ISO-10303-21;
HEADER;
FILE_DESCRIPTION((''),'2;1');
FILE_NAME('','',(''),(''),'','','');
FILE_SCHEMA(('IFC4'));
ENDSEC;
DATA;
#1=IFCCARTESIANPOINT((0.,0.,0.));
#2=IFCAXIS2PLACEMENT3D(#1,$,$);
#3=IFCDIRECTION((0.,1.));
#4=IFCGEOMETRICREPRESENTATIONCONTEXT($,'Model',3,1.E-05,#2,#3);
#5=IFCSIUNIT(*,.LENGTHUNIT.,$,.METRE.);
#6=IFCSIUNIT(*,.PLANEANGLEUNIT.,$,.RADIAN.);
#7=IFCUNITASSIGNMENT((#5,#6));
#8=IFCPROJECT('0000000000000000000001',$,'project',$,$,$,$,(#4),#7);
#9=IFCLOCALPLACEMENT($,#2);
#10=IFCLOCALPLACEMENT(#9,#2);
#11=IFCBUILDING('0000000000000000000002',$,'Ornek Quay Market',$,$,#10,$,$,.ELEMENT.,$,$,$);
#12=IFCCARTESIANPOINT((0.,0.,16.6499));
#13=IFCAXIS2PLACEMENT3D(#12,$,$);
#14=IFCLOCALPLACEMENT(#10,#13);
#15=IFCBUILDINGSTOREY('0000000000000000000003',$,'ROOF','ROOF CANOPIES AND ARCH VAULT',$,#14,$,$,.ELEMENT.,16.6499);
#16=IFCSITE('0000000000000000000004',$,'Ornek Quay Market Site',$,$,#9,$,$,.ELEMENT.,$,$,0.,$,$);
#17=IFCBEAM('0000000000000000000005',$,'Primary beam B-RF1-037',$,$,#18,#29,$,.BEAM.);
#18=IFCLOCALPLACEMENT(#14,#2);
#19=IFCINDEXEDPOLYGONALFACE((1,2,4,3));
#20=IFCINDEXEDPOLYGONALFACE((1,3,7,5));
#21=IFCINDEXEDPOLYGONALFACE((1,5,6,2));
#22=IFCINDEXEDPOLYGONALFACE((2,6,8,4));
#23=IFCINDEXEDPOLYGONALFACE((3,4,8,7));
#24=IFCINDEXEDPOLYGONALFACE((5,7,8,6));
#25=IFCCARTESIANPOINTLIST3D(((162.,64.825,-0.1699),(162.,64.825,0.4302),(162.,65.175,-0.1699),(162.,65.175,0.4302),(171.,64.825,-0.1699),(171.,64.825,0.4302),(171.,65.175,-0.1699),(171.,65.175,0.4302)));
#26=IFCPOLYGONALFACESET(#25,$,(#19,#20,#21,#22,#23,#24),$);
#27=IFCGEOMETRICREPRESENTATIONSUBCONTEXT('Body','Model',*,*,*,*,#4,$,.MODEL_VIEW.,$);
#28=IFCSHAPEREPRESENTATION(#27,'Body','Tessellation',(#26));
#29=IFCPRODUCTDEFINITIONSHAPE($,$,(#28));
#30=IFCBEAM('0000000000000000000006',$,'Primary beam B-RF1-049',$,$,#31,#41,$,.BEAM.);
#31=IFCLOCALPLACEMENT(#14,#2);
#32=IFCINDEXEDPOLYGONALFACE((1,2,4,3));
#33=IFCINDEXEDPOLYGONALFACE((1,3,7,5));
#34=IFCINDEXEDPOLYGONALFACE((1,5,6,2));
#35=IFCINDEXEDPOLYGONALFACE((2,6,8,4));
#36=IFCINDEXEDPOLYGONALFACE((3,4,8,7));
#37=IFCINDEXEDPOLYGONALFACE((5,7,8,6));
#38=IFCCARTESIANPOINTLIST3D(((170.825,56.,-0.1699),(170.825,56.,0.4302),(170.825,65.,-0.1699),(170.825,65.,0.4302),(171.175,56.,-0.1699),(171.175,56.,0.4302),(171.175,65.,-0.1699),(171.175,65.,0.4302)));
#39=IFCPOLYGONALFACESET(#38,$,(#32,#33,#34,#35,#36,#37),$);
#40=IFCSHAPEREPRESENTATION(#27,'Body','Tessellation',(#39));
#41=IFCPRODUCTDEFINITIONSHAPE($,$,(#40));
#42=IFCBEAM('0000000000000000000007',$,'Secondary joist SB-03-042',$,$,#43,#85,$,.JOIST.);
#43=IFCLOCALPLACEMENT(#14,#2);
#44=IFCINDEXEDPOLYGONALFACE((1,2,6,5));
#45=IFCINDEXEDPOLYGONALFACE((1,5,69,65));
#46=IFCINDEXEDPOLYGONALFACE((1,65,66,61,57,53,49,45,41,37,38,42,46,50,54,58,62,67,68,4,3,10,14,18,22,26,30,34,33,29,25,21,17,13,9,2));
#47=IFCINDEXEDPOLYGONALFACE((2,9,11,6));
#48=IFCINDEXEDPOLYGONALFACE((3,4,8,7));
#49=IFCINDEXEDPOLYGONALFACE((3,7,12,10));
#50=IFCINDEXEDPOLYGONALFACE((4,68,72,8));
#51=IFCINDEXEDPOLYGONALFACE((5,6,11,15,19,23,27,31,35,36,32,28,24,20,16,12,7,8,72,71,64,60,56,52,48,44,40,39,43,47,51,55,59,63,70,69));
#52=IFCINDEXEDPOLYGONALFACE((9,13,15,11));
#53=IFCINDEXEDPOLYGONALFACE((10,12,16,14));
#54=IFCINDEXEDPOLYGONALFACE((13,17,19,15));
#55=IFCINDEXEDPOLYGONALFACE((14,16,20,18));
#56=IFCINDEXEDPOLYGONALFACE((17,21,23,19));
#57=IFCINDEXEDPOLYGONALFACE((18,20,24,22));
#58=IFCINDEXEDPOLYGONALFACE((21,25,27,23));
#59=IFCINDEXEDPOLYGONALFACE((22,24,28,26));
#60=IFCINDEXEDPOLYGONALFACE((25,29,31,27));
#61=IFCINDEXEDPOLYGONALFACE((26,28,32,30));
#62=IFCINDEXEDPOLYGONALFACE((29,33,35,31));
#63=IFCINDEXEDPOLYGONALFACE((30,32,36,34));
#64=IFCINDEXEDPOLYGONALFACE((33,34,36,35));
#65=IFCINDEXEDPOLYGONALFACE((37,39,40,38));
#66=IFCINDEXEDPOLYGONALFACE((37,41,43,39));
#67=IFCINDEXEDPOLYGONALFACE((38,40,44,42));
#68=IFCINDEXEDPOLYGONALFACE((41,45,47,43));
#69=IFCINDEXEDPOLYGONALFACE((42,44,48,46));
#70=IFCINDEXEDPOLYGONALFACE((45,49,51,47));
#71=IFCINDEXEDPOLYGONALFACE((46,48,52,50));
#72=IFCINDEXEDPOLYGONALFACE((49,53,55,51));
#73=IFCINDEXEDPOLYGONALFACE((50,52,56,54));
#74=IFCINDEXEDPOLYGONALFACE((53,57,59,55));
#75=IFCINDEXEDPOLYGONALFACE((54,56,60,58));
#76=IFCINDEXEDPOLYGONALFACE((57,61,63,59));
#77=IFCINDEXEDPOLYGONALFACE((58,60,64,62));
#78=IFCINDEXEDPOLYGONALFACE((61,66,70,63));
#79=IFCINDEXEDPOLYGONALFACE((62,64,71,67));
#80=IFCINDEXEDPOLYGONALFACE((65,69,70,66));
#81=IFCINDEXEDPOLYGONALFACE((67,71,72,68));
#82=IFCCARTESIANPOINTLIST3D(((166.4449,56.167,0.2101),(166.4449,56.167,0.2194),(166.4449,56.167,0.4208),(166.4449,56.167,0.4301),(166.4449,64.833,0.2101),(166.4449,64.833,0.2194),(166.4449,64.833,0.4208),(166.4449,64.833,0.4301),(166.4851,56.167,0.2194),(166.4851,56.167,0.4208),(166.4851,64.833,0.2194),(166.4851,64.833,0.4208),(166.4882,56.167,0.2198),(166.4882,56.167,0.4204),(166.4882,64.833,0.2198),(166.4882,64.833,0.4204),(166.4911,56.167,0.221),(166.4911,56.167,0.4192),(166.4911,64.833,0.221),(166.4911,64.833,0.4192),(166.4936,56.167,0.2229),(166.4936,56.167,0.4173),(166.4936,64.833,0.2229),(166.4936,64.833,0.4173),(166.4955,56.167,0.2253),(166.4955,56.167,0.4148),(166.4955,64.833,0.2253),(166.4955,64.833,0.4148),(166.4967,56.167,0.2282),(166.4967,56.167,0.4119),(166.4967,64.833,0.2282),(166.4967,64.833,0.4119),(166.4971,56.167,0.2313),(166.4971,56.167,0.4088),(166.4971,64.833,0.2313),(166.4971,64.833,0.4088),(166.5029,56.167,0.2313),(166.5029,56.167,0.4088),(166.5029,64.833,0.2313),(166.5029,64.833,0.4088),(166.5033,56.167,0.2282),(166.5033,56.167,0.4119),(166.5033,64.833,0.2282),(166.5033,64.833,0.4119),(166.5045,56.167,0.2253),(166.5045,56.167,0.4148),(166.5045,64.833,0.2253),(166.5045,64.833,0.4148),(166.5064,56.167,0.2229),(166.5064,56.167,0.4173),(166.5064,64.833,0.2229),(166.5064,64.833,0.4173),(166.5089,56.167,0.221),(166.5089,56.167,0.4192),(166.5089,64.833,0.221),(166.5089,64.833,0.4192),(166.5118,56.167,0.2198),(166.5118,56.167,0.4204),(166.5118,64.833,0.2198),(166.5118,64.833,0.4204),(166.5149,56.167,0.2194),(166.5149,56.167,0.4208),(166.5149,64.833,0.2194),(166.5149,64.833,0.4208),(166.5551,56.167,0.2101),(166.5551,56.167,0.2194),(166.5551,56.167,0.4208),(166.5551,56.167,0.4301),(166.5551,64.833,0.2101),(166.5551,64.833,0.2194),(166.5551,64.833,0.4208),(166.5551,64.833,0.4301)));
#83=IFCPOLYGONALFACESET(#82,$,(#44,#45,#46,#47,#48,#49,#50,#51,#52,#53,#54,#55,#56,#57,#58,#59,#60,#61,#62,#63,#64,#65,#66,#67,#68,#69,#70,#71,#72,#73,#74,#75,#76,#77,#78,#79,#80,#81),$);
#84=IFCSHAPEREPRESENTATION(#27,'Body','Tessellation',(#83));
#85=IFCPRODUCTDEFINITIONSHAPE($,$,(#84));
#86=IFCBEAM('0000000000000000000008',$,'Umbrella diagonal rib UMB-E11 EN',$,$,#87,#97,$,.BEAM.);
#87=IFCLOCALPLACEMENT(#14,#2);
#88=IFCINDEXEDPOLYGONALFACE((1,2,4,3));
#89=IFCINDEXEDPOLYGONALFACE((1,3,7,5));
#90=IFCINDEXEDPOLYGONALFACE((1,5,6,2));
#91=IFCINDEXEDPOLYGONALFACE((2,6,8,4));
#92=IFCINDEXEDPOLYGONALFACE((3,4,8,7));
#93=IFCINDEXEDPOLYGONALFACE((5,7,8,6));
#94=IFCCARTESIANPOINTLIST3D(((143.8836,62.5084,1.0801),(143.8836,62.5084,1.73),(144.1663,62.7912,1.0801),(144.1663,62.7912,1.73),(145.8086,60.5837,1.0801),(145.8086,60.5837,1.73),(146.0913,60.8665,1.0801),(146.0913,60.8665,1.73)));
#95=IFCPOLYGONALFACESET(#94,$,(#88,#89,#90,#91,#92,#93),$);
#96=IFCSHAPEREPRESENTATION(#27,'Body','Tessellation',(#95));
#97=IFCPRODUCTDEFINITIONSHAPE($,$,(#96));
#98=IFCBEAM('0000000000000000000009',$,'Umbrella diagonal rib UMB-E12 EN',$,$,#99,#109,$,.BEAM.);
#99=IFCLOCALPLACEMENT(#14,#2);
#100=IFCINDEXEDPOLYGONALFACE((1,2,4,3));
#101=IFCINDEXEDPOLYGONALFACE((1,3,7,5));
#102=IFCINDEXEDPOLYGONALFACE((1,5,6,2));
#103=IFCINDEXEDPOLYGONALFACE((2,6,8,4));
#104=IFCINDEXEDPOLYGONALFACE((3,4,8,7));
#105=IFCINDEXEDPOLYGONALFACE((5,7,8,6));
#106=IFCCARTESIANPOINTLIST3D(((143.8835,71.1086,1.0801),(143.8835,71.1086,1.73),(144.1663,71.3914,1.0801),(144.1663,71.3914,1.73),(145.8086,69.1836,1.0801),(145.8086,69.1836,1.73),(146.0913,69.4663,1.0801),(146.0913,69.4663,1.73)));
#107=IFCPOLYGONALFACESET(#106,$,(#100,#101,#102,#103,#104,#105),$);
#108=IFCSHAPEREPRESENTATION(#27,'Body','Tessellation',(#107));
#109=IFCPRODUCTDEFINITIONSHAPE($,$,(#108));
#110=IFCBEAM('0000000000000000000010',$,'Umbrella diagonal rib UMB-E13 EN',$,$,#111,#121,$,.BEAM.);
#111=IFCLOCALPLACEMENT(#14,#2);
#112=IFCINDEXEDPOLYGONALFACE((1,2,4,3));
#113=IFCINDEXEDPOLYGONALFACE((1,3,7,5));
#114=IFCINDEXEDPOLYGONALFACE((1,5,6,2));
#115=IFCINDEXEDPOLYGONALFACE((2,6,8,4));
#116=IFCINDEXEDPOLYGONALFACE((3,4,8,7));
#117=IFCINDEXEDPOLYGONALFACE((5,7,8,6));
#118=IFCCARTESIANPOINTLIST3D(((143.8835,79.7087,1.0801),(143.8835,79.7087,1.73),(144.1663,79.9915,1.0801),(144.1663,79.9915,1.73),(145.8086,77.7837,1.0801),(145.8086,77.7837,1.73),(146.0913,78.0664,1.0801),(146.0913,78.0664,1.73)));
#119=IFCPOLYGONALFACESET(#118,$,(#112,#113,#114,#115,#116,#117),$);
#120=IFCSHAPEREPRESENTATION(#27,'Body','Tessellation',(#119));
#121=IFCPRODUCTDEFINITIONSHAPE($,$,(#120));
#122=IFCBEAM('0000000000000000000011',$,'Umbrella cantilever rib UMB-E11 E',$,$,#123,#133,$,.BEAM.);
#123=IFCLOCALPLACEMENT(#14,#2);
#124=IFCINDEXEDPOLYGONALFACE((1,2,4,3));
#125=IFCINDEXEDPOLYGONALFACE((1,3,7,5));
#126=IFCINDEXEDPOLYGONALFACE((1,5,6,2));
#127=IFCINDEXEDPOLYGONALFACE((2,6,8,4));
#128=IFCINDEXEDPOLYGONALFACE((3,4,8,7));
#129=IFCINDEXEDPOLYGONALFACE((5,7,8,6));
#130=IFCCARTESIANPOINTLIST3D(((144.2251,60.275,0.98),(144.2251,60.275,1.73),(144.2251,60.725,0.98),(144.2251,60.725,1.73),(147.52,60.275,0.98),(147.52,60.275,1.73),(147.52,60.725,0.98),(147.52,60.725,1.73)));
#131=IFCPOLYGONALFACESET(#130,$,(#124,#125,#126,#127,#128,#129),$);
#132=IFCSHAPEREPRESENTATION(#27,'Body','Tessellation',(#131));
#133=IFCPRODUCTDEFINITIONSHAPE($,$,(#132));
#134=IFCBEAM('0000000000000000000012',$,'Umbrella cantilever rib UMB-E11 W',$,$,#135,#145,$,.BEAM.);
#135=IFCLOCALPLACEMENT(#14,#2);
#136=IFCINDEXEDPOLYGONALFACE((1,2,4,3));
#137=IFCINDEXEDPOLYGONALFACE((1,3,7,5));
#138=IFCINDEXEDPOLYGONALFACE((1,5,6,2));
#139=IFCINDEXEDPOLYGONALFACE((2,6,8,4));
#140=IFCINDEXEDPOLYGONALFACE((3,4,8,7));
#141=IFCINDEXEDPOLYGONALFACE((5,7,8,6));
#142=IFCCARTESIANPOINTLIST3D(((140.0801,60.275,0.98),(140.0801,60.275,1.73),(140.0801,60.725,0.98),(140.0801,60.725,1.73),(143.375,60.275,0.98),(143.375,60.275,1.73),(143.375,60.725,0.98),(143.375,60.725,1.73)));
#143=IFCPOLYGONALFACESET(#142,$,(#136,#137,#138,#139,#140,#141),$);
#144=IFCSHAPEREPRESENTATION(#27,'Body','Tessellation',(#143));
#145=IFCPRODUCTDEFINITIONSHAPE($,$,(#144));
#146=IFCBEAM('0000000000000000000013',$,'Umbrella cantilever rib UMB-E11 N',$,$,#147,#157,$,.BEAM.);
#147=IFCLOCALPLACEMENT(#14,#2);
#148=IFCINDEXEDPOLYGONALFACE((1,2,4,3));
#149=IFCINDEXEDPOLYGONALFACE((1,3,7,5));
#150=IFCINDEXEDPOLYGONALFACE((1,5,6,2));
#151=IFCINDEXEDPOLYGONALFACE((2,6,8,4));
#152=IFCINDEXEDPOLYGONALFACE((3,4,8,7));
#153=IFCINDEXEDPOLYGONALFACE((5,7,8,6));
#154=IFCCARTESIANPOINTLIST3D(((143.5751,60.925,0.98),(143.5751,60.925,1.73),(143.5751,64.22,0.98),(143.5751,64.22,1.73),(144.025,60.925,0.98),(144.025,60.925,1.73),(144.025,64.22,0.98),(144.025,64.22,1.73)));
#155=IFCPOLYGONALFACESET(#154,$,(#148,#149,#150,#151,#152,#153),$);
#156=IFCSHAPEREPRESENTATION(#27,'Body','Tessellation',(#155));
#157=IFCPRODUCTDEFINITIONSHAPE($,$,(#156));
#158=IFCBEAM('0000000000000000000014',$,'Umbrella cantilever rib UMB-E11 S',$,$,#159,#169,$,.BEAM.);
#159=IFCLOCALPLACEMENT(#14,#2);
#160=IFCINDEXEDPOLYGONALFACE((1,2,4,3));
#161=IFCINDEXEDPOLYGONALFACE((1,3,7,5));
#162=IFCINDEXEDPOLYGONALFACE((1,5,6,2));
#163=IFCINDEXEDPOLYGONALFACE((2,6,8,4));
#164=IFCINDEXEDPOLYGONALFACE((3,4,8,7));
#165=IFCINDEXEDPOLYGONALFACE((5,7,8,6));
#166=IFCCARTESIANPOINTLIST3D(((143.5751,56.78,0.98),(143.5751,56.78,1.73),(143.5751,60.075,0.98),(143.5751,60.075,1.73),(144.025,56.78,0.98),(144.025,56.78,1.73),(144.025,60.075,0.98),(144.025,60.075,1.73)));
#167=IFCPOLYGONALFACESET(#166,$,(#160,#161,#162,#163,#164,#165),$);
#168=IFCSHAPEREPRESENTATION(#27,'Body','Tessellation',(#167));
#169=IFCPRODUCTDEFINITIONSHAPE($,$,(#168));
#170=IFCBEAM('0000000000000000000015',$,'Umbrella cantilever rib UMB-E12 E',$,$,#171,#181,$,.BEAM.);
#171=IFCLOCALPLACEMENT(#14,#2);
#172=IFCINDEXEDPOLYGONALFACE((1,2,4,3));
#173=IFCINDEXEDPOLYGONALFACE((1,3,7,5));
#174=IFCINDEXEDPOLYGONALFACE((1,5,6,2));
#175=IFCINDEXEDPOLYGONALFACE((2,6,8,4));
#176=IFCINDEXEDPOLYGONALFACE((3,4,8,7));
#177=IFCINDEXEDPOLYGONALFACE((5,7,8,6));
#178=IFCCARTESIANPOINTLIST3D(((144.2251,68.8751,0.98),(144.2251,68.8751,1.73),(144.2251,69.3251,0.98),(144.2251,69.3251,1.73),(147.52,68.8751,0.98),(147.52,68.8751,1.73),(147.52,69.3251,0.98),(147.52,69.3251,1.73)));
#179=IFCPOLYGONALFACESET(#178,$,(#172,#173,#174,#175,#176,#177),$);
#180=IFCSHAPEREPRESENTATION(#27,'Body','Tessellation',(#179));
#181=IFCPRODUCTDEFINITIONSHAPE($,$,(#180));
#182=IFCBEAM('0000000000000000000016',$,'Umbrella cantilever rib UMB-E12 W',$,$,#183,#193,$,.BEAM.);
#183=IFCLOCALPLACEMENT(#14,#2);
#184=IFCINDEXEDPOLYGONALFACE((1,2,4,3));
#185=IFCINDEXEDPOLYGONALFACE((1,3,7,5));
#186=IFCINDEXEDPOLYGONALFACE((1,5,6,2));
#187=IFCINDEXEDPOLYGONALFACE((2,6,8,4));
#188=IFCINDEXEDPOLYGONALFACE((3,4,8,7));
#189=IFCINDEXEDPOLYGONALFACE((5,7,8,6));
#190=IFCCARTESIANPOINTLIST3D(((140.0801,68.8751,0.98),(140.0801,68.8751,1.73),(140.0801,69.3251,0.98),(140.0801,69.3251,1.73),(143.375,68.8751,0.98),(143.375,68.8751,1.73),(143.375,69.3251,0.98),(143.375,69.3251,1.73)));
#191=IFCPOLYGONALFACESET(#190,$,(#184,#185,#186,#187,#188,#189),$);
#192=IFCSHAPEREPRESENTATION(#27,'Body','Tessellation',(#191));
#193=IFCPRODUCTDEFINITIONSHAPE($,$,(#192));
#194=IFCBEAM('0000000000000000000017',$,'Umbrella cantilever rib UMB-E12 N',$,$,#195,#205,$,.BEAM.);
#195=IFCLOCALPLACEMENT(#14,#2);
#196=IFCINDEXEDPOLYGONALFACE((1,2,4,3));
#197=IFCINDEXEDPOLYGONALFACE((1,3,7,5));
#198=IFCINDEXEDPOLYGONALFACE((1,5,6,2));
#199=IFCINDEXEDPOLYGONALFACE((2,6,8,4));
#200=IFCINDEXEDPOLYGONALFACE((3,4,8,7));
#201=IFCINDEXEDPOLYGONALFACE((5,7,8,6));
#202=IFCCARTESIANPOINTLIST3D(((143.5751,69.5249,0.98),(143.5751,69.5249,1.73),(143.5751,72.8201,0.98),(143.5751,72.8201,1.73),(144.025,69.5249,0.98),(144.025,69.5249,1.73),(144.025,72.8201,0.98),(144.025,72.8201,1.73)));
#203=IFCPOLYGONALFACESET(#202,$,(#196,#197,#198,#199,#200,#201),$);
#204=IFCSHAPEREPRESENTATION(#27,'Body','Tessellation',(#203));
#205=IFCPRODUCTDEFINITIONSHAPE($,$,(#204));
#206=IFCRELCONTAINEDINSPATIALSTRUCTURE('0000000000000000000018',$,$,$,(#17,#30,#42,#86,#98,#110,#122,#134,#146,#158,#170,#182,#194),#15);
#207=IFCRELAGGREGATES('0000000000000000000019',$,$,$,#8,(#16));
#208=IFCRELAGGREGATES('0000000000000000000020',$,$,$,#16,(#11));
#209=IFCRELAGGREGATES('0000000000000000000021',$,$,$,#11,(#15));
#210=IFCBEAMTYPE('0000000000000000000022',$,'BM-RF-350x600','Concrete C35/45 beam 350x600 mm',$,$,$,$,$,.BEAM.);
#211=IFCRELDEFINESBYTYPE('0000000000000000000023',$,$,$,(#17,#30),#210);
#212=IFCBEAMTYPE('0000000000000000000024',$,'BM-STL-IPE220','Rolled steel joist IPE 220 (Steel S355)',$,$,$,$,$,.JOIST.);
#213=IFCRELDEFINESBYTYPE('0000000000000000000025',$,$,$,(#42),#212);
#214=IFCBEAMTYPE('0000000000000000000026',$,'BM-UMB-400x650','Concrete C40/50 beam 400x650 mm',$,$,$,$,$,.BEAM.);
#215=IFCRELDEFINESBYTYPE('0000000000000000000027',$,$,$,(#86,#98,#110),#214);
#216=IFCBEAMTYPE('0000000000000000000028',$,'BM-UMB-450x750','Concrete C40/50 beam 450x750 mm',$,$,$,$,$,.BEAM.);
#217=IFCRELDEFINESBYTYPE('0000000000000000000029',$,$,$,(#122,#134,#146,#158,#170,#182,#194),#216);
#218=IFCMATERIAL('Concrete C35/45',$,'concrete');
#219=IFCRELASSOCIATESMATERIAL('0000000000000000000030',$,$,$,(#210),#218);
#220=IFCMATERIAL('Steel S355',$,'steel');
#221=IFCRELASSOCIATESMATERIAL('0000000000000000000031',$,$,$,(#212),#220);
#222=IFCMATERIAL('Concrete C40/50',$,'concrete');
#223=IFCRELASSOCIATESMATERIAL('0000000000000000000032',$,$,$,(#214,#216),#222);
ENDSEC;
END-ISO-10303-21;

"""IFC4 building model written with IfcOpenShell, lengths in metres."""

from ifc_helpers import new_model, si_unit, direction, frame, origin, origin_2d, place, context, subcontext, project, spatial, rectangle, i_section, extrude, material, material_profile, profile_set, type_object, element, save


model = new_model("IFC4")

# Units and contexts
model_context = context("Model", 3, precision=1e-05, world=origin(), true_north=direction((0.0, 1.0)))
body_context = subcontext(model_context, "Body", "Model", "MODEL_VIEW")
ifc_project = project(units=[si_unit("LENGTHUNIT", "METRE"), si_unit("PLANEANGLEUNIT", "RADIAN")], contexts=[model_context])

# Site, building, storey
site_placement = place(None, origin())
site = spatial("IfcSite", under=ifc_project, at=site_placement, Name="Ornek Quay Market Site", CompositionType="ELEMENT", RefElevation=0.0)
building_placement = place(site_placement, origin())
building = spatial("IfcBuilding", under=site, at=building_placement, Name="Ornek Quay Market", CompositionType="ELEMENT")
storey_placement = place(building_placement, frame((0.0, 0.0, 16.6499)))
storey = spatial("IfcBuildingStorey", under=building, at=storey_placement, Name="ROOF", Description="ROOF CANOPIES AND ARCH VAULT", CompositionType="ELEMENT", Elevation=16.6499)

# Beams
ifc_material_1 = material(Name="Concrete C35/45", Category="concrete")
ifc_material_profile_1 = material_profile(ifc_material_1, rectangle(XDim=0.3501, YDim=0.6001, at=origin_2d()), Name="RC 350x600", Category="concrete")
ifc_profile_set_1 = profile_set([ifc_material_profile_1], Name="Concrete C35/45")
beam_type_1 = type_object("IfcBeamType", Name="BM-RF-350x600", Description="Concrete C35/45 beam 350x600 mm", PredefinedType="BEAM", material=ifc_profile_set_1)
for number, where, z_axis, x_axis, name in (
    (1, (162.0, 65.0, 0.1301), (1.0, 0.0, 0.0), (0.0, 1.0, 0.0), "Primary beam B-RF1-037"),
    (2, (171.0, 56.0, 0.1301), (0.0, 1.0, 0.0), (-1.0, 0.0, 0.0), "Primary beam B-RF1-049"),
):
    element("IfcBeam", number, at=place(storey_placement, frame(where, z_axis=z_axis, x_axis=x_axis)), inside=storey, type_object=beam_type_1, Name=name, PredefinedType="BEAM", context=body_context, shape_type="SweptSolid", body=[
        extrude(rectangle(XDim=0.3501, YDim=0.6001, at=origin_2d()), origin(), (0.0, 0.0, 1.0), 9.0),
    ])
ifc_material_2 = material(Name="Steel S355", Category="steel")
ifc_material_profile_2 = material_profile(ifc_material_2, i_section(OverallWidth=0.1101, OverallDepth=0.22, WebThickness=0.0059, FlangeThickness=0.0093, FilletRadius=0.012, at=origin_2d()), Name="IPE 220", Category="steel")
ifc_profile_set_2 = profile_set([ifc_material_profile_2], Name="Steel S355")
beam_type_2 = type_object("IfcBeamType", Name="BM-STL-IPE220", Description="Rolled steel joist IPE 220 (Steel S355)", PredefinedType="JOIST", material=ifc_profile_set_2)
beam_1_placement = place(storey_placement, frame((166.5, 56.167, 0.3201), z_axis=(0.0, 1.0, 0.0), x_axis=(-1.0, 0.0, 0.0)))
element("IfcBeam", 3, at=beam_1_placement, inside=storey, type_object=beam_type_2, Name="Secondary joist SB-03-042", PredefinedType="JOIST", context=body_context, shape_type="SweptSolid", body=[
    extrude(i_section(OverallWidth=0.1101, OverallDepth=0.22, WebThickness=0.0059, FlangeThickness=0.0093, FilletRadius=0.012, at=origin_2d()), origin(), (0.0, 0.0, 1.0), 8.666),
])
ifc_material_3 = material(Name="Concrete C40/50", Category="concrete")
ifc_material_profile_3 = material_profile(ifc_material_3, rectangle(XDim=0.3999, YDim=0.6499, at=origin_2d()), Name="RC 400x650", Category="concrete")
ifc_profile_set_3 = profile_set([ifc_material_profile_3], Name="Concrete C40/50")
beam_type_3 = type_object("IfcBeamType", Name="BM-UMB-400x650", Description="Concrete C40/50 beam 400x650 mm", PredefinedType="BEAM", material=ifc_profile_set_3)
beam_2_placement = place(storey_placement, frame((145.95, 60.7251, 1.405), z_axis=(-0.707152, 0.707062, 0.0), x_axis=(-0.707062, -0.707152, 0.0)))
element("IfcBeam", 4, at=beam_2_placement, inside=storey, type_object=beam_type_3, Name="Umbrella diagonal rib UMB-E11 EN", PredefinedType="BEAM", context=body_context, shape_type="SweptSolid", body=[
    extrude(rectangle(XDim=0.3999, YDim=0.6499, at=origin_2d()), origin(), (0.0, 0.0, 1.0), 2.7222),
])
for number, where, z_axis, x_axis, name in (
    (5, (145.95, 69.325, 1.405), (-0.707107, 0.707107, 0.0), (-0.707107, -0.707107, 0.0), "Umbrella diagonal rib UMB-E12 EN"),
    (6, (145.95, 77.925, 1.405), (-0.707107, 0.707107, 0.0), (-0.707107, -0.707107, 0.0), "Umbrella diagonal rib UMB-E13 EN"),
):
    element("IfcBeam", number, at=place(storey_placement, frame(where, z_axis=z_axis, x_axis=x_axis)), inside=storey, type_object=beam_type_3, Name=name, PredefinedType="BEAM", context=body_context, shape_type="SweptSolid", body=[
        extrude(rectangle(XDim=0.3999, YDim=0.6499, at=origin_2d()), origin(), (0.0, 0.0, 1.0), 2.7224),
    ])
ifc_material_profile_4 = material_profile(ifc_material_3, rectangle(XDim=0.45, YDim=0.75, at=origin_2d()), Name="RC 450x750", Category="concrete")
ifc_profile_set_4 = profile_set([ifc_material_profile_4], Name="Concrete C40/50")
beam_type_4 = type_object("IfcBeamType", Name="BM-UMB-450x750", Description="Concrete C40/50 beam 450x750 mm", PredefinedType="BEAM", material=ifc_profile_set_4)
for number, where, z_axis, x_axis, name in (
    (7, (144.2251, 60.5, 1.355), (1.0, 0.0, 0.0), (0.0, 1.0, 0.0), "Umbrella cantilever rib UMB-E11 E"),
    (8, (143.375, 60.5, 1.355), (-1.0, 0.0, 0.0), (0.0, -1.0, 0.0), "Umbrella cantilever rib UMB-E11 W"),
    (9, (143.8, 60.925, 1.355), (0.0, 1.0, 0.0), (-1.0, 0.0, 0.0), "Umbrella cantilever rib UMB-E11 N"),
    (10, (143.8, 60.075, 1.355), (0.0, -1.0, 0.0), (1.0, 0.0, 0.0), "Umbrella cantilever rib UMB-E11 S"),
    (11, (144.2251, 69.1001, 1.355), (1.0, 0.0, 0.0), (0.0, 1.0, 0.0), "Umbrella cantilever rib UMB-E12 E"),
    (12, (143.375, 69.1001, 1.355), (-1.0, 0.0, 0.0), (0.0, -1.0, 0.0), "Umbrella cantilever rib UMB-E12 W"),
):
    element("IfcBeam", number, at=place(storey_placement, frame(where, z_axis=z_axis, x_axis=x_axis)), inside=storey, type_object=beam_type_4, Name=name, PredefinedType="BEAM", context=body_context, shape_type="SweptSolid", body=[
        extrude(rectangle(XDim=0.45, YDim=0.75, at=origin_2d()), origin(), (0.0, 0.0, 1.0), 3.2949),
    ])
for number, where, z_axis, x_axis, name in (
    (13, (143.8, 69.5249, 1.355), (0.0, 1.0, 0.0), (-1.0, 0.0, 0.0), "Umbrella cantilever rib UMB-E12 N"),
):
    element("IfcBeam", number, at=place(storey_placement, frame(where, z_axis=z_axis, x_axis=x_axis)), inside=storey, type_object=beam_type_4, Name=name, PredefinedType="BEAM", context=body_context, shape_type="SweptSolid", body=[
        extrude(rectangle(XDim=0.45, YDim=0.75, at=origin_2d()), origin(), (0.0, 0.0, 1.0), 3.2952),
    ])

save(model, "model.ifc")
